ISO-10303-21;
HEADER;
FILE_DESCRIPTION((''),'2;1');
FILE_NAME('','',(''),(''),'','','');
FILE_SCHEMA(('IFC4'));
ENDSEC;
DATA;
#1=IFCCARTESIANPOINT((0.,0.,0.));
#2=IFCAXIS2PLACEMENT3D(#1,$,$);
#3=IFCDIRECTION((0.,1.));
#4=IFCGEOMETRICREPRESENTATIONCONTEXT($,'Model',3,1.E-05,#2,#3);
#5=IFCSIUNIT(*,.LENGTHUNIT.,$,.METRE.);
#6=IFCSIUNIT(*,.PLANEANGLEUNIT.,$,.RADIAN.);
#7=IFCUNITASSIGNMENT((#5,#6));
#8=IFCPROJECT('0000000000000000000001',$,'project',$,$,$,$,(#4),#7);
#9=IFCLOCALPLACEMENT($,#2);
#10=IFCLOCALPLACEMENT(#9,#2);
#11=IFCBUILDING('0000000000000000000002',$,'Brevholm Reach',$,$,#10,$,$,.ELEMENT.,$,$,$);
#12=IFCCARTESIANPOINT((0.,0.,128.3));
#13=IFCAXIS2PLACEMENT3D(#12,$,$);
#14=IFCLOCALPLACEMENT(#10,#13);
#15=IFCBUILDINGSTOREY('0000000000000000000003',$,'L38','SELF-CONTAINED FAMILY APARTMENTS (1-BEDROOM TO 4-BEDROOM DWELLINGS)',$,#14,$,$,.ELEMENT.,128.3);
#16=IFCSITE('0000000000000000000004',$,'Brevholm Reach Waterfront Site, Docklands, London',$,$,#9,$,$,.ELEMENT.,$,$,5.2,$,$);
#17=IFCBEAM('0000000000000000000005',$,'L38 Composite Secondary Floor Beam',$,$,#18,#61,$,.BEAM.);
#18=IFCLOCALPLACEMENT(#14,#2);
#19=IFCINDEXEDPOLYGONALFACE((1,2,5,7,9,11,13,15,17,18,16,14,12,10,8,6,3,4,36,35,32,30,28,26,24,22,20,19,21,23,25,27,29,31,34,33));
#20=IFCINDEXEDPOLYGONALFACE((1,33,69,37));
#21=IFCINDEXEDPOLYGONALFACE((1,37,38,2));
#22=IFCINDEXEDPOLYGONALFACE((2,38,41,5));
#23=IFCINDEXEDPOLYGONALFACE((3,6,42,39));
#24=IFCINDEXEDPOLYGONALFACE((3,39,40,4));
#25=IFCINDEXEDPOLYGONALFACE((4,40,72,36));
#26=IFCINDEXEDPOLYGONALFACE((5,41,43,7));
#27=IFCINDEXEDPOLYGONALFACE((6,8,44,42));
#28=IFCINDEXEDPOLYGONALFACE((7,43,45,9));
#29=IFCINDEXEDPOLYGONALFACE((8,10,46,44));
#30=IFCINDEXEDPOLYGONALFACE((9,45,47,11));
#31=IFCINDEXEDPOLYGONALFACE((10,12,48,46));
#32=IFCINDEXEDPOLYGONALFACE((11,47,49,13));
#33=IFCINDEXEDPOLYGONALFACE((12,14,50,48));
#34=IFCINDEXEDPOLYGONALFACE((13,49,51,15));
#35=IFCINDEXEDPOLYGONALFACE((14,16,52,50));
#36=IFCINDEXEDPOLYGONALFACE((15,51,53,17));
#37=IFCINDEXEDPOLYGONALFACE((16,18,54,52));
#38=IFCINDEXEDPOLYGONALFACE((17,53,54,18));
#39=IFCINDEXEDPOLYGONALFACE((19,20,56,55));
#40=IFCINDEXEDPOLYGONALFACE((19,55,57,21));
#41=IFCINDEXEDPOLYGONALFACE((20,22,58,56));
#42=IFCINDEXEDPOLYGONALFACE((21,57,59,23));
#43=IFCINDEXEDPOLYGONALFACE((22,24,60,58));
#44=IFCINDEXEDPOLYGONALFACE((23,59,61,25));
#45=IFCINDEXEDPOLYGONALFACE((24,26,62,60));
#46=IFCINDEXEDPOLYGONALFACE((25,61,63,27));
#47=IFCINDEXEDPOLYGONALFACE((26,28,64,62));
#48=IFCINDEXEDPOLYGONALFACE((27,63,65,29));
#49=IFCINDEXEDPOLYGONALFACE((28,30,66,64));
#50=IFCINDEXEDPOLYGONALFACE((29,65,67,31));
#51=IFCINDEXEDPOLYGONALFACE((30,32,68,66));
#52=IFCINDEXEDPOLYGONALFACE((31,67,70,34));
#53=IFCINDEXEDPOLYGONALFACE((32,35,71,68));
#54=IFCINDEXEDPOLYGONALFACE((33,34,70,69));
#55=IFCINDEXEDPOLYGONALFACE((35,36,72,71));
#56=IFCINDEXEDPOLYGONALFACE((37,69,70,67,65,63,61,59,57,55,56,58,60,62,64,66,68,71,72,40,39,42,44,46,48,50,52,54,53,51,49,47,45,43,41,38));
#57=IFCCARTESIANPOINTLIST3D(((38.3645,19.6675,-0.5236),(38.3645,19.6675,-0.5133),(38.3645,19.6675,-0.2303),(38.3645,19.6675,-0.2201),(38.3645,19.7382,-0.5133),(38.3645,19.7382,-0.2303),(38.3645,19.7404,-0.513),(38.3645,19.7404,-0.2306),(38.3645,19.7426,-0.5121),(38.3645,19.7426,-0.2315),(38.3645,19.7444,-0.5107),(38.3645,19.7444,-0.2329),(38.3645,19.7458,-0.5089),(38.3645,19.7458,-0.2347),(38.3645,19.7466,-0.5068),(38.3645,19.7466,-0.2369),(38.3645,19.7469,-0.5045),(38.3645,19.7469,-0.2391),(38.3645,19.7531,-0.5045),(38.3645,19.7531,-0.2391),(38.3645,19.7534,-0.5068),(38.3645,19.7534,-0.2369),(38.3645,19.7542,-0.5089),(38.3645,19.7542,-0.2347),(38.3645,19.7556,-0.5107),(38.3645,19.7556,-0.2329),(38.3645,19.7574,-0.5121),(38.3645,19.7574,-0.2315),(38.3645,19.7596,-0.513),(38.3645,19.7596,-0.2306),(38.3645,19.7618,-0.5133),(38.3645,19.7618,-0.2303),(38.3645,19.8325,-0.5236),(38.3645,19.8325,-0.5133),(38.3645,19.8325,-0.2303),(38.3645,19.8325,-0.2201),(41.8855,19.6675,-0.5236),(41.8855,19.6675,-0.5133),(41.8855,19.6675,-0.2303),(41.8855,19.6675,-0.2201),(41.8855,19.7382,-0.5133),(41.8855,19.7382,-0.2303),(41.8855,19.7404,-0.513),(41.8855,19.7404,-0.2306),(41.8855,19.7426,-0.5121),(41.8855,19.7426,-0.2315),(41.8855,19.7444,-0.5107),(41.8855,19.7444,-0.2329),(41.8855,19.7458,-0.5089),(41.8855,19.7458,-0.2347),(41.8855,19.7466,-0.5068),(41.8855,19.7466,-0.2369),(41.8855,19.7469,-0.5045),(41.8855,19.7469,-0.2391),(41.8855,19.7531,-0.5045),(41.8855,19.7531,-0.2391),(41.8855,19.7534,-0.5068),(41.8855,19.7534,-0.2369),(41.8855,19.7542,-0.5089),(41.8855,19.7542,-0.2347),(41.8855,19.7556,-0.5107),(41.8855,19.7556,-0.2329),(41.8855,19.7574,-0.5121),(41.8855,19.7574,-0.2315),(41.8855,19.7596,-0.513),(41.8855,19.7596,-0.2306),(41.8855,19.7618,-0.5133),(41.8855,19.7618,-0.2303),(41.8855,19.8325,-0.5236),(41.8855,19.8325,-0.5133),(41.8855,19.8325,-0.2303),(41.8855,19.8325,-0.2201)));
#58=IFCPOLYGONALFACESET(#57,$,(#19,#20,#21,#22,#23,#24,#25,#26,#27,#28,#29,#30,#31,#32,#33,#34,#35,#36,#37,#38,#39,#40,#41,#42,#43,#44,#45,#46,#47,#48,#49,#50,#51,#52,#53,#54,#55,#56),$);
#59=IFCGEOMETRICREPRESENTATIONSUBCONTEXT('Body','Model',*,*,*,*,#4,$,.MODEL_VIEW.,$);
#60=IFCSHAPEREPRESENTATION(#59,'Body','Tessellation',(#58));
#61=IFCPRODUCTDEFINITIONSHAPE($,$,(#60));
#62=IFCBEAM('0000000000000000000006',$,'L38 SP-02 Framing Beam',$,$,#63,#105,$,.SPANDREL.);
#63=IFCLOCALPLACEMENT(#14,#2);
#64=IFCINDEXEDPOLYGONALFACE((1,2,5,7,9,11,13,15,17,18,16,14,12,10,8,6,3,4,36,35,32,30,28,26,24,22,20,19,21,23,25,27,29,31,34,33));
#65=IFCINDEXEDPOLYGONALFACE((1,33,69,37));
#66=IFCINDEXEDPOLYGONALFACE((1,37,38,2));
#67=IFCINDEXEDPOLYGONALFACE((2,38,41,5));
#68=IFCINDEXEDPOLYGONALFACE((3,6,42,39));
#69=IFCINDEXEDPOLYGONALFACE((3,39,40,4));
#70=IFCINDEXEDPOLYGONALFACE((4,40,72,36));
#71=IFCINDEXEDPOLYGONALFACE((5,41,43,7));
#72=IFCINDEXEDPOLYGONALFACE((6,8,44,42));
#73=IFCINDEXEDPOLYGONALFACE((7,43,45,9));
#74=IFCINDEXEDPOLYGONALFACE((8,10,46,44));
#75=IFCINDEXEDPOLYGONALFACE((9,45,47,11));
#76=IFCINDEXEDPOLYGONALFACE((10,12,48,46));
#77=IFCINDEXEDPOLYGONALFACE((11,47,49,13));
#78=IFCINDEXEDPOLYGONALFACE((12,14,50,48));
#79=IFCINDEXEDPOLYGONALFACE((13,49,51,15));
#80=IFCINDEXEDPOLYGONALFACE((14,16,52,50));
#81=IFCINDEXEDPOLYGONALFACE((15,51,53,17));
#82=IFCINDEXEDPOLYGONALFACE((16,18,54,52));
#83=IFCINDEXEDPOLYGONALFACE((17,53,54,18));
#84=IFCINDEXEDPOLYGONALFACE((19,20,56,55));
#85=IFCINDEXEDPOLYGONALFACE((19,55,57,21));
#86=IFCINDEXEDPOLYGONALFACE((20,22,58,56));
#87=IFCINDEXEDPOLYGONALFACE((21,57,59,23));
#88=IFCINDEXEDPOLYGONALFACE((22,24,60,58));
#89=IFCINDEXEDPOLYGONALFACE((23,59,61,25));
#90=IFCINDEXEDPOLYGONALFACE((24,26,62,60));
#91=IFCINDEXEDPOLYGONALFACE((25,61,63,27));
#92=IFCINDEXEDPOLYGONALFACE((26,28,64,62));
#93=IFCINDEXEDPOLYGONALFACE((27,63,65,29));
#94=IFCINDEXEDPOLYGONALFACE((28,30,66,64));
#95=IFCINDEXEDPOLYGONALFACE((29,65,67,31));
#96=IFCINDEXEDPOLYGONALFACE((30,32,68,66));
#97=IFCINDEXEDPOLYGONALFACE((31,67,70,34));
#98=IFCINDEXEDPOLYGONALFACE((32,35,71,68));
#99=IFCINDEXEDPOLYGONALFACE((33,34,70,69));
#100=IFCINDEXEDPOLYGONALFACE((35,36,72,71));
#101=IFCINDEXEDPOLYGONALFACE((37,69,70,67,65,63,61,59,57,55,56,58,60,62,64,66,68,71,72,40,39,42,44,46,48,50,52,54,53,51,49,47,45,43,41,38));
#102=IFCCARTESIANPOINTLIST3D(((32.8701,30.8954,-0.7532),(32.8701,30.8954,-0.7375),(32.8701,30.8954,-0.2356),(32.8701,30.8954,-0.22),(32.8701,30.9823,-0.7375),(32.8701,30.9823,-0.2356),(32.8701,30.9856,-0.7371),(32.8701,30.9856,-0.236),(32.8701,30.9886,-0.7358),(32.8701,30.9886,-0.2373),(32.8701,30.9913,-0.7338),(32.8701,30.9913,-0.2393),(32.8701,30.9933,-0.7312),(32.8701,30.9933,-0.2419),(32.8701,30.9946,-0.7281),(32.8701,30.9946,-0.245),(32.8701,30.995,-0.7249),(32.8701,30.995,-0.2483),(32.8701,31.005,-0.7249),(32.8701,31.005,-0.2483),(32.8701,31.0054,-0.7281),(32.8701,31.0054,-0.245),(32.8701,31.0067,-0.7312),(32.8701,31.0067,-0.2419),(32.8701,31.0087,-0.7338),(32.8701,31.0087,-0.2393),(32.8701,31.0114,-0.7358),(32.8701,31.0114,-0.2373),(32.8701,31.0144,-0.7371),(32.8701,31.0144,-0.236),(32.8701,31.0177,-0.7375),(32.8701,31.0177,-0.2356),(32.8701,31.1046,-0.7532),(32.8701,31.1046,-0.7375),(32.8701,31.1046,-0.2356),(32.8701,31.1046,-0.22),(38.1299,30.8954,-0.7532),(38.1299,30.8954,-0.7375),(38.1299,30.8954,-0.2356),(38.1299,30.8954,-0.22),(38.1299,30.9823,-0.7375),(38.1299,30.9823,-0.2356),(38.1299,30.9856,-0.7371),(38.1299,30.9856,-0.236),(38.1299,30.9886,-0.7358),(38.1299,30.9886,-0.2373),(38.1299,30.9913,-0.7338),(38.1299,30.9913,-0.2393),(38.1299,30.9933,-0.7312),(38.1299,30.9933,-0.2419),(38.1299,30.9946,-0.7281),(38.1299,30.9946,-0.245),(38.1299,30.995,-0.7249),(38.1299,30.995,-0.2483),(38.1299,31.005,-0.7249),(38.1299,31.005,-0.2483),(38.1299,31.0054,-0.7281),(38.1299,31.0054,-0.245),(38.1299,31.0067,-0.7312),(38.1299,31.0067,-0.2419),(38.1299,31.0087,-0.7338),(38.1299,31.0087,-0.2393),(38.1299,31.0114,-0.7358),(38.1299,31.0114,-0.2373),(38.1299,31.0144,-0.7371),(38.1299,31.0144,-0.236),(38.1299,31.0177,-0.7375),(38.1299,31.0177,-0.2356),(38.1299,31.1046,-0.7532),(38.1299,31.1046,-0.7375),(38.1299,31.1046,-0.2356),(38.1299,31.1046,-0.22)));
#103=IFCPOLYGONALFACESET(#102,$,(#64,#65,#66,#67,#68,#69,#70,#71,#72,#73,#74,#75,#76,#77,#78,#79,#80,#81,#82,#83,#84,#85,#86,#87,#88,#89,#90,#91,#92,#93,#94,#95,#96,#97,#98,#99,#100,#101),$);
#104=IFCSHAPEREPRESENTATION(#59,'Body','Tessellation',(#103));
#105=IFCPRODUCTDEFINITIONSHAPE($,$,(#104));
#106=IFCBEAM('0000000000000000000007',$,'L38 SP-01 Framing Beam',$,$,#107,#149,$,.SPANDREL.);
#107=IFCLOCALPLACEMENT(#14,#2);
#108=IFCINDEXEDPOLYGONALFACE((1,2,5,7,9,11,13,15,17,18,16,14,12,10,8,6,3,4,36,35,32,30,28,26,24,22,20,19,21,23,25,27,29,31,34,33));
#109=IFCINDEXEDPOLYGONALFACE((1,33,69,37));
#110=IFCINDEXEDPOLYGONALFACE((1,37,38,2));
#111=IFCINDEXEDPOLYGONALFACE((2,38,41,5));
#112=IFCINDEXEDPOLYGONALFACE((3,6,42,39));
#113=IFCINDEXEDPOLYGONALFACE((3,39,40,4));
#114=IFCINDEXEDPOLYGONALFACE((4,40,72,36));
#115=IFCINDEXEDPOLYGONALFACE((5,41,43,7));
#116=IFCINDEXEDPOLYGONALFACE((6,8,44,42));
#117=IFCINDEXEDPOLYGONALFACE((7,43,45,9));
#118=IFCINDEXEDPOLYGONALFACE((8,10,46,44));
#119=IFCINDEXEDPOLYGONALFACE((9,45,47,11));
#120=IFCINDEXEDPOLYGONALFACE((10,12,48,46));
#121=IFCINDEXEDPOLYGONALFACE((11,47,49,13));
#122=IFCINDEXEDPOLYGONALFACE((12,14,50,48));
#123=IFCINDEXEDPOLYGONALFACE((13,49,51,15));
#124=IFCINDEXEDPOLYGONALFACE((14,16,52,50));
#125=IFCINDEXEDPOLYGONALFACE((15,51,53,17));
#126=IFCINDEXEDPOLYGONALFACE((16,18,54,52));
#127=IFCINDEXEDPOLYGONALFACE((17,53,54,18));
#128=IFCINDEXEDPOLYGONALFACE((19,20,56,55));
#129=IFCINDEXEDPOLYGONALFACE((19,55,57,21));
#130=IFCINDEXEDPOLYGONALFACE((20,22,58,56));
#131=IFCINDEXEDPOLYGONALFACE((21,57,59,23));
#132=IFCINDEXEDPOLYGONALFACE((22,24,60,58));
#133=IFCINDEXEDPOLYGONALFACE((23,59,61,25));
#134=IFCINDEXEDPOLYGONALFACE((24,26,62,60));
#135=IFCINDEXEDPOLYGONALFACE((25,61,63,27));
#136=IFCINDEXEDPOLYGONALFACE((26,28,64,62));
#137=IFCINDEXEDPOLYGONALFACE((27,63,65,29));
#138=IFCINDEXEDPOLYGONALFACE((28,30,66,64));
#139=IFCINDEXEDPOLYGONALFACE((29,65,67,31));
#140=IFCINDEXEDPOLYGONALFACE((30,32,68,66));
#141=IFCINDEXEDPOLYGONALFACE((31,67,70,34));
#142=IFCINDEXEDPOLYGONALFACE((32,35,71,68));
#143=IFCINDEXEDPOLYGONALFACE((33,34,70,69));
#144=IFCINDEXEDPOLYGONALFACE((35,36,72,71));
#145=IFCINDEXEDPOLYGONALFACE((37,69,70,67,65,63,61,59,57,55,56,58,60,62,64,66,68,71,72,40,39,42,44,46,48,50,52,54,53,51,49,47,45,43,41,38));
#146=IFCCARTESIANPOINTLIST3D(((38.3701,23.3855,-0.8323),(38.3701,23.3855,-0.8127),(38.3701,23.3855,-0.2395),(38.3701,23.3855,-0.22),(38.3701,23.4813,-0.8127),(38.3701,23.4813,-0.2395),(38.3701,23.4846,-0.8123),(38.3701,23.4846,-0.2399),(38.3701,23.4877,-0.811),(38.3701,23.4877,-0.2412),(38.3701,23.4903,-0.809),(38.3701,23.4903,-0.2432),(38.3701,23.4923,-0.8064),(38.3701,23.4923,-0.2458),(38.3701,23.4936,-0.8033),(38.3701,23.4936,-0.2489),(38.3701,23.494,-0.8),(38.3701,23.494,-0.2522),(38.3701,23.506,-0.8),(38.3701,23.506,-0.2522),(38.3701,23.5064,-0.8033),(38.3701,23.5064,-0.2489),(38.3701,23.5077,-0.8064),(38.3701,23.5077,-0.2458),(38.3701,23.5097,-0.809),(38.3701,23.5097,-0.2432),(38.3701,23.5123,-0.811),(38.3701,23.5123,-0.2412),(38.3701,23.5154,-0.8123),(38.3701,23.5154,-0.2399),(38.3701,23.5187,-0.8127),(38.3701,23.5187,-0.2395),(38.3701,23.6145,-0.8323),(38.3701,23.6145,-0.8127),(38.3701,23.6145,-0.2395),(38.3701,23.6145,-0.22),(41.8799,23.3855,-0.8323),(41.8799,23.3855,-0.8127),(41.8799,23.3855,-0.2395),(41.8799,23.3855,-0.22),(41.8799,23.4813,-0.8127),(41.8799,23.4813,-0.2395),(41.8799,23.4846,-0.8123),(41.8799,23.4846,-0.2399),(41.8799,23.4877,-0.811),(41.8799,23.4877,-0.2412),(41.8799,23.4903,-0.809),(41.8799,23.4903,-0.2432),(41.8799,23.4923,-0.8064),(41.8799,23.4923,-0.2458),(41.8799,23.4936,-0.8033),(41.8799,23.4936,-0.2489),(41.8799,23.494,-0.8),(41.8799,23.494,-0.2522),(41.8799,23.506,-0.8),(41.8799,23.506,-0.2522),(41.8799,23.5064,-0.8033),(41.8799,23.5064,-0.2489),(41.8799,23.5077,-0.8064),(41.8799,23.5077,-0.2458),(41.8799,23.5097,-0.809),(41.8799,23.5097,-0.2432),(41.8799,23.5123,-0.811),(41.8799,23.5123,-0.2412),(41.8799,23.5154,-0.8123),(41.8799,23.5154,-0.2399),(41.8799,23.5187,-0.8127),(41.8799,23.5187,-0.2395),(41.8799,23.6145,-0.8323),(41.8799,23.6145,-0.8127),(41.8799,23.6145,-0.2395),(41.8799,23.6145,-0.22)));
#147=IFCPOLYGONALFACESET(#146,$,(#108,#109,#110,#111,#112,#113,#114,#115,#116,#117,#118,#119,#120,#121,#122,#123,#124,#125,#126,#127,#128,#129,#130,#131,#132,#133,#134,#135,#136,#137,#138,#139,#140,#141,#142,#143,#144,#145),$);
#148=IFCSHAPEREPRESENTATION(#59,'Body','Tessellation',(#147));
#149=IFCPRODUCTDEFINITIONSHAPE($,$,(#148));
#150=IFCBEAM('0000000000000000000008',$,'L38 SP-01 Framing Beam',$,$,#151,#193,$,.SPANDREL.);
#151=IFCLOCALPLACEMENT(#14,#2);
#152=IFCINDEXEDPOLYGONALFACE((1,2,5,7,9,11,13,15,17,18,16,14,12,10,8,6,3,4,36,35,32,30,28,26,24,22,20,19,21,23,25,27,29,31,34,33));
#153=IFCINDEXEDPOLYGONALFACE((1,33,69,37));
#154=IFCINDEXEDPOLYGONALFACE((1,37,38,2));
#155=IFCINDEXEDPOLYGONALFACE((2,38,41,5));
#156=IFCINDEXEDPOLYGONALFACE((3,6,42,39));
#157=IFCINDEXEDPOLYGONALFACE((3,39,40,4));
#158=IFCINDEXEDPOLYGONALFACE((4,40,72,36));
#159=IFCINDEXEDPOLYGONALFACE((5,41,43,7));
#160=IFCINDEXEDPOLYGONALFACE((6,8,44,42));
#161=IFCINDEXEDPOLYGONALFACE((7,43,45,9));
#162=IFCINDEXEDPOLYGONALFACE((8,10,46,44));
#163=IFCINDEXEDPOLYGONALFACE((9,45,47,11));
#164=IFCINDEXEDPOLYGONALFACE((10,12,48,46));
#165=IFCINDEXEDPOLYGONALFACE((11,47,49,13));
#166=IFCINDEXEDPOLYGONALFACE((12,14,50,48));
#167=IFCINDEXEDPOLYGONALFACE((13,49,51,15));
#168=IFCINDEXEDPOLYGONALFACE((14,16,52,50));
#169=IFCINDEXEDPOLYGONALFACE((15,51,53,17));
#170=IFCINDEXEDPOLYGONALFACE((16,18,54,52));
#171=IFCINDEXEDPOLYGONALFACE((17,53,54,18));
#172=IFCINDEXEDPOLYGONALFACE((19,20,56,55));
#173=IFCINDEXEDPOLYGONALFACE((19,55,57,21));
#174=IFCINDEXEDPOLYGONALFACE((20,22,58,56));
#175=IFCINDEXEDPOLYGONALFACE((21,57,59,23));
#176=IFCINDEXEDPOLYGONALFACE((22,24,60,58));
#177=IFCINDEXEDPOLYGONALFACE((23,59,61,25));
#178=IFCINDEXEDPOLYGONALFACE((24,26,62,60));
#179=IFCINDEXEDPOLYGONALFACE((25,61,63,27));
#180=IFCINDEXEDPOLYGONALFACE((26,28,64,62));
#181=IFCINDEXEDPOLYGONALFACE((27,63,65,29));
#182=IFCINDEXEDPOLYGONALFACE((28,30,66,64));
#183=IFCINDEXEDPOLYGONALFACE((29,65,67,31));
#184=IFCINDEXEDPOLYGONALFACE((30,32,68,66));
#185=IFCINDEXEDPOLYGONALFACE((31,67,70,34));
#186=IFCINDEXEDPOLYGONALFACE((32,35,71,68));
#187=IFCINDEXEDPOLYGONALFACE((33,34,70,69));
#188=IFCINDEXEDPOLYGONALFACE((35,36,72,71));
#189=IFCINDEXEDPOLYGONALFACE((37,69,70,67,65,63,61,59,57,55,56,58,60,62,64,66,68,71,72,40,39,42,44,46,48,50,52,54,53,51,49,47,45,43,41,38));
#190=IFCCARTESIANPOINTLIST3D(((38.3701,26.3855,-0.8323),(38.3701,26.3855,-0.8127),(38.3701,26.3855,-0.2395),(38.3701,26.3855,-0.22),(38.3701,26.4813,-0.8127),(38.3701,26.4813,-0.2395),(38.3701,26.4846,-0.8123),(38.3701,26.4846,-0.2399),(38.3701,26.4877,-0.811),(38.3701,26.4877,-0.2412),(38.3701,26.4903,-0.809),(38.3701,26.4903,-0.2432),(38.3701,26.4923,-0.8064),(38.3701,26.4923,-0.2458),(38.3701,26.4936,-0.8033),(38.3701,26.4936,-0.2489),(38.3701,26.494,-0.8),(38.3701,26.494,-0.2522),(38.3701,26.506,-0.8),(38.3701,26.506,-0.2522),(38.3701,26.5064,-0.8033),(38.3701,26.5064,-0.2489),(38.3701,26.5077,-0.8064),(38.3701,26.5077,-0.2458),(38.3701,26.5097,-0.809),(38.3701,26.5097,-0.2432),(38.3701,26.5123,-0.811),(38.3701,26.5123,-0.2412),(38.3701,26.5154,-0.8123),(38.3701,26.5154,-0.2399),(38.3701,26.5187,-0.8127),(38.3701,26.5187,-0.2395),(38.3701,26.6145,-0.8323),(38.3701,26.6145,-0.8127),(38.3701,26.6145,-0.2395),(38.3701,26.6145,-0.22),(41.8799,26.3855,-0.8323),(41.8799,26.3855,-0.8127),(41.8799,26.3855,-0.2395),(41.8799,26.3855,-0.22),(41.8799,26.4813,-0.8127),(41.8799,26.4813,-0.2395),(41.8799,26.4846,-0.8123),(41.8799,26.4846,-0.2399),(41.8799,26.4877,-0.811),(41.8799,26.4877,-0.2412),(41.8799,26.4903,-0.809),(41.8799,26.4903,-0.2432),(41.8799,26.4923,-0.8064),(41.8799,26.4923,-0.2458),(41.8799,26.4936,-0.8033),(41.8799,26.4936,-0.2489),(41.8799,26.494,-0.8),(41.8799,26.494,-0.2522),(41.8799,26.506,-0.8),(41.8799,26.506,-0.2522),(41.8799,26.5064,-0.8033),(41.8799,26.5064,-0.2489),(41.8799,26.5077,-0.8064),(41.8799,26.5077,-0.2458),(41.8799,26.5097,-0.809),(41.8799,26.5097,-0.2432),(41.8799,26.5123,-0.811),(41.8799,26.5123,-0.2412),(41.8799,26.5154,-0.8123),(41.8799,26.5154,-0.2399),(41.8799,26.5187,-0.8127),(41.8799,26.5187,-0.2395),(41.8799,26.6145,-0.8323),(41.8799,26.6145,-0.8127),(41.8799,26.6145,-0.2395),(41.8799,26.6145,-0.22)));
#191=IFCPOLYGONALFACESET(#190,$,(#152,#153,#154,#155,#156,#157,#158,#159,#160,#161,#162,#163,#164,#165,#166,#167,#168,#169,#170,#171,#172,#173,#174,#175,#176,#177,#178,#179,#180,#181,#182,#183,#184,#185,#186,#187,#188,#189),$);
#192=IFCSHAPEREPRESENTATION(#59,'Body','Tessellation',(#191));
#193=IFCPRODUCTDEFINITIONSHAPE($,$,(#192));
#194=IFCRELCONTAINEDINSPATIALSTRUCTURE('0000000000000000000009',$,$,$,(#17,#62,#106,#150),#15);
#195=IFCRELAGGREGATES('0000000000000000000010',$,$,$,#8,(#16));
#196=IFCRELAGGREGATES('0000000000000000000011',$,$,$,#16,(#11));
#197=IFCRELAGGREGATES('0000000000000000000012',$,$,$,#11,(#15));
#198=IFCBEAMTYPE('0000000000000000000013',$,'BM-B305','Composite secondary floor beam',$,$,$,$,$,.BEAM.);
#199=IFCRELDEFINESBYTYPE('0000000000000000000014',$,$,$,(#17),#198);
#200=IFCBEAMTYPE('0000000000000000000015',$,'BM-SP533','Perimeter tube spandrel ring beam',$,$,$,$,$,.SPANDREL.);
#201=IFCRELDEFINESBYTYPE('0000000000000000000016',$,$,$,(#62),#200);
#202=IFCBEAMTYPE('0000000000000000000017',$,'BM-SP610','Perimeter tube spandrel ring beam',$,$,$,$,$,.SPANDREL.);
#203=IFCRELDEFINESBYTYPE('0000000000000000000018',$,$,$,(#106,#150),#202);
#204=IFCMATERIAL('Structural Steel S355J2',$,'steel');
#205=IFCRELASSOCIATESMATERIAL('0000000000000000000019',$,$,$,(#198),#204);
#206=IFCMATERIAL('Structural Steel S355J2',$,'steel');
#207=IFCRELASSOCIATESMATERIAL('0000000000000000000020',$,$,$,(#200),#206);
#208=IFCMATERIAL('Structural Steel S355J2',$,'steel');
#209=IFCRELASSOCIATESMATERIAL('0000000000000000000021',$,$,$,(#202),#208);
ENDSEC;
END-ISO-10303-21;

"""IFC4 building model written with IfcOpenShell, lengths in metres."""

from ifc_helpers import new_model, si_unit, direction, frame, origin, origin_2d, place, context, subcontext, project, spatial, i_section, extrude, material, material_profile, profile_set, type_object, element, save


model = new_model("IFC4")

# Units and contexts
model_context = context("Model", 3, precision=1e-05, world=origin(), true_north=direction((0.0, 1.0)))
body_context = subcontext(model_context, "Body", "Model", "MODEL_VIEW")
ifc_project = project(units=[si_unit("LENGTHUNIT", "METRE"), si_unit("PLANEANGLEUNIT", "RADIAN")], contexts=[model_context])

# Site, building, storey
site_placement = place(None, origin())
site = spatial("IfcSite", under=ifc_project, at=site_placement, Name="Brevholm Reach Waterfront Site, Docklands, London", CompositionType="ELEMENT", RefElevation=5.2)
building_placement = place(site_placement, origin())
building = spatial("IfcBuilding", under=site, at=building_placement, Name="Brevholm Reach", CompositionType="ELEMENT")
storey_placement = place(building_placement, frame((0.0, 0.0, 128.3)))
storey = spatial("IfcBuildingStorey", under=building, at=storey_placement, Name="L38", Description="SELF-CONTAINED FAMILY APARTMENTS (1-BEDROOM TO 4-BEDROOM DWELLINGS)", CompositionType="ELEMENT", Elevation=128.3)

# Beams
ifc_material_1 = material(Name="Structural Steel S355J2", Category="steel")
ifc_material_profile_1 = material_profile(ifc_material_1, i_section(OverallWidth=0.165, OverallDepth=0.3035, WebThickness=0.0061, FlangeThickness=0.0103, FilletRadius=0.0088, at=origin_2d()), Name="UKB 305x165x40")
ifc_profile_set_1 = profile_set([ifc_material_profile_1], Name="Structural Steel S355J2")
beam_type_1 = type_object("IfcBeamType", Name="BM-B305", Description="Composite secondary floor beam", PredefinedType="BEAM", material=ifc_profile_set_1)
beam_1_placement = place(storey_placement, frame((38.3645, 19.75, -0.3718), z_axis=(1.0, 0.0, 0.0), x_axis=(0.0, 1.0, 0.0)))
element("IfcBeam", 1, at=beam_1_placement, inside=storey, type_object=beam_type_1, Name="L38 Composite Secondary Floor Beam", PredefinedType="BEAM", context=body_context, shape_type="SweptSolid", body=[
    extrude(i_section(OverallWidth=0.165, OverallDepth=0.3035, WebThickness=0.0061, FlangeThickness=0.0103, FilletRadius=0.0088, at=origin_2d()), origin(), (0.0, 0.0, 1.0), 3.521),
])
ifc_material_2 = material(Name="Structural Steel S355J2", Category="steel")
ifc_material_profile_2 = material_profile(ifc_material_2, i_section(OverallWidth=0.2092, OverallDepth=0.5332, WebThickness=0.01, FlangeThickness=0.0156, FilletRadius=0.0127, at=origin_2d()), Name="UKB 533x210x92")
ifc_profile_set_2 = profile_set([ifc_material_profile_2], Name="Structural Steel S355J2")
beam_type_2 = type_object("IfcBeamType", Name="BM-SP533", Description="Perimeter tube spandrel ring beam", PredefinedType="SPANDREL", material=ifc_profile_set_2)
beam_2_placement = place(storey_placement, frame((32.8701, 31.0, -0.4866), z_axis=(1.0, 0.0, 0.0), x_axis=(0.0, 1.0, 0.0)))
element("IfcBeam", 2, at=beam_2_placement, inside=storey, type_object=beam_type_2, Name="L38 SP-02 Framing Beam", PredefinedType="SPANDREL", context=body_context, shape_type="SweptSolid", body=[
    extrude(i_section(OverallWidth=0.2092, OverallDepth=0.5332, WebThickness=0.01, FlangeThickness=0.0156, FilletRadius=0.0127, at=origin_2d()), origin(), (0.0, 0.0, 1.0), 5.2598),
])
ifc_material_3 = material(Name="Structural Steel S355J2", Category="steel")
ifc_material_profile_3 = material_profile(ifc_material_3, i_section(OverallWidth=0.229, OverallDepth=0.6123, WebThickness=0.012, FlangeThickness=0.0195, FilletRadius=0.0127, at=origin_2d()), Name="UKB 610x229x125")
ifc_profile_set_3 = profile_set([ifc_material_profile_3], Name="Structural Steel S355J2")
beam_type_3 = type_object("IfcBeamType", Name="BM-SP610", Description="Perimeter tube spandrel ring beam", PredefinedType="SPANDREL", material=ifc_profile_set_3)
for number, where, z_axis, x_axis, name in (
    (3, (38.3701, 23.5, -0.5261), (1.0, 0.0, 0.0), (0.0, 1.0, 0.0), "L38 SP-01 Framing Beam"),
    (4, (38.3701, 26.5, -0.5261), (1.0, 0.0, 0.0), (0.0, 1.0, 0.0), "L38 SP-01 Framing Beam"),
):
    element("IfcBeam", number, at=place(storey_placement, frame(where, z_axis=z_axis, x_axis=x_axis)), inside=storey, type_object=beam_type_3, Name=name, PredefinedType="SPANDREL", context=body_context, shape_type="SweptSolid", body=[
        extrude(i_section(OverallWidth=0.229, OverallDepth=0.6123, WebThickness=0.012, FlangeThickness=0.0195, FilletRadius=0.0127, at=origin_2d()), origin(), (0.0, 0.0, 1.0), 3.5098),
    ])

save(model, "model.ifc")
